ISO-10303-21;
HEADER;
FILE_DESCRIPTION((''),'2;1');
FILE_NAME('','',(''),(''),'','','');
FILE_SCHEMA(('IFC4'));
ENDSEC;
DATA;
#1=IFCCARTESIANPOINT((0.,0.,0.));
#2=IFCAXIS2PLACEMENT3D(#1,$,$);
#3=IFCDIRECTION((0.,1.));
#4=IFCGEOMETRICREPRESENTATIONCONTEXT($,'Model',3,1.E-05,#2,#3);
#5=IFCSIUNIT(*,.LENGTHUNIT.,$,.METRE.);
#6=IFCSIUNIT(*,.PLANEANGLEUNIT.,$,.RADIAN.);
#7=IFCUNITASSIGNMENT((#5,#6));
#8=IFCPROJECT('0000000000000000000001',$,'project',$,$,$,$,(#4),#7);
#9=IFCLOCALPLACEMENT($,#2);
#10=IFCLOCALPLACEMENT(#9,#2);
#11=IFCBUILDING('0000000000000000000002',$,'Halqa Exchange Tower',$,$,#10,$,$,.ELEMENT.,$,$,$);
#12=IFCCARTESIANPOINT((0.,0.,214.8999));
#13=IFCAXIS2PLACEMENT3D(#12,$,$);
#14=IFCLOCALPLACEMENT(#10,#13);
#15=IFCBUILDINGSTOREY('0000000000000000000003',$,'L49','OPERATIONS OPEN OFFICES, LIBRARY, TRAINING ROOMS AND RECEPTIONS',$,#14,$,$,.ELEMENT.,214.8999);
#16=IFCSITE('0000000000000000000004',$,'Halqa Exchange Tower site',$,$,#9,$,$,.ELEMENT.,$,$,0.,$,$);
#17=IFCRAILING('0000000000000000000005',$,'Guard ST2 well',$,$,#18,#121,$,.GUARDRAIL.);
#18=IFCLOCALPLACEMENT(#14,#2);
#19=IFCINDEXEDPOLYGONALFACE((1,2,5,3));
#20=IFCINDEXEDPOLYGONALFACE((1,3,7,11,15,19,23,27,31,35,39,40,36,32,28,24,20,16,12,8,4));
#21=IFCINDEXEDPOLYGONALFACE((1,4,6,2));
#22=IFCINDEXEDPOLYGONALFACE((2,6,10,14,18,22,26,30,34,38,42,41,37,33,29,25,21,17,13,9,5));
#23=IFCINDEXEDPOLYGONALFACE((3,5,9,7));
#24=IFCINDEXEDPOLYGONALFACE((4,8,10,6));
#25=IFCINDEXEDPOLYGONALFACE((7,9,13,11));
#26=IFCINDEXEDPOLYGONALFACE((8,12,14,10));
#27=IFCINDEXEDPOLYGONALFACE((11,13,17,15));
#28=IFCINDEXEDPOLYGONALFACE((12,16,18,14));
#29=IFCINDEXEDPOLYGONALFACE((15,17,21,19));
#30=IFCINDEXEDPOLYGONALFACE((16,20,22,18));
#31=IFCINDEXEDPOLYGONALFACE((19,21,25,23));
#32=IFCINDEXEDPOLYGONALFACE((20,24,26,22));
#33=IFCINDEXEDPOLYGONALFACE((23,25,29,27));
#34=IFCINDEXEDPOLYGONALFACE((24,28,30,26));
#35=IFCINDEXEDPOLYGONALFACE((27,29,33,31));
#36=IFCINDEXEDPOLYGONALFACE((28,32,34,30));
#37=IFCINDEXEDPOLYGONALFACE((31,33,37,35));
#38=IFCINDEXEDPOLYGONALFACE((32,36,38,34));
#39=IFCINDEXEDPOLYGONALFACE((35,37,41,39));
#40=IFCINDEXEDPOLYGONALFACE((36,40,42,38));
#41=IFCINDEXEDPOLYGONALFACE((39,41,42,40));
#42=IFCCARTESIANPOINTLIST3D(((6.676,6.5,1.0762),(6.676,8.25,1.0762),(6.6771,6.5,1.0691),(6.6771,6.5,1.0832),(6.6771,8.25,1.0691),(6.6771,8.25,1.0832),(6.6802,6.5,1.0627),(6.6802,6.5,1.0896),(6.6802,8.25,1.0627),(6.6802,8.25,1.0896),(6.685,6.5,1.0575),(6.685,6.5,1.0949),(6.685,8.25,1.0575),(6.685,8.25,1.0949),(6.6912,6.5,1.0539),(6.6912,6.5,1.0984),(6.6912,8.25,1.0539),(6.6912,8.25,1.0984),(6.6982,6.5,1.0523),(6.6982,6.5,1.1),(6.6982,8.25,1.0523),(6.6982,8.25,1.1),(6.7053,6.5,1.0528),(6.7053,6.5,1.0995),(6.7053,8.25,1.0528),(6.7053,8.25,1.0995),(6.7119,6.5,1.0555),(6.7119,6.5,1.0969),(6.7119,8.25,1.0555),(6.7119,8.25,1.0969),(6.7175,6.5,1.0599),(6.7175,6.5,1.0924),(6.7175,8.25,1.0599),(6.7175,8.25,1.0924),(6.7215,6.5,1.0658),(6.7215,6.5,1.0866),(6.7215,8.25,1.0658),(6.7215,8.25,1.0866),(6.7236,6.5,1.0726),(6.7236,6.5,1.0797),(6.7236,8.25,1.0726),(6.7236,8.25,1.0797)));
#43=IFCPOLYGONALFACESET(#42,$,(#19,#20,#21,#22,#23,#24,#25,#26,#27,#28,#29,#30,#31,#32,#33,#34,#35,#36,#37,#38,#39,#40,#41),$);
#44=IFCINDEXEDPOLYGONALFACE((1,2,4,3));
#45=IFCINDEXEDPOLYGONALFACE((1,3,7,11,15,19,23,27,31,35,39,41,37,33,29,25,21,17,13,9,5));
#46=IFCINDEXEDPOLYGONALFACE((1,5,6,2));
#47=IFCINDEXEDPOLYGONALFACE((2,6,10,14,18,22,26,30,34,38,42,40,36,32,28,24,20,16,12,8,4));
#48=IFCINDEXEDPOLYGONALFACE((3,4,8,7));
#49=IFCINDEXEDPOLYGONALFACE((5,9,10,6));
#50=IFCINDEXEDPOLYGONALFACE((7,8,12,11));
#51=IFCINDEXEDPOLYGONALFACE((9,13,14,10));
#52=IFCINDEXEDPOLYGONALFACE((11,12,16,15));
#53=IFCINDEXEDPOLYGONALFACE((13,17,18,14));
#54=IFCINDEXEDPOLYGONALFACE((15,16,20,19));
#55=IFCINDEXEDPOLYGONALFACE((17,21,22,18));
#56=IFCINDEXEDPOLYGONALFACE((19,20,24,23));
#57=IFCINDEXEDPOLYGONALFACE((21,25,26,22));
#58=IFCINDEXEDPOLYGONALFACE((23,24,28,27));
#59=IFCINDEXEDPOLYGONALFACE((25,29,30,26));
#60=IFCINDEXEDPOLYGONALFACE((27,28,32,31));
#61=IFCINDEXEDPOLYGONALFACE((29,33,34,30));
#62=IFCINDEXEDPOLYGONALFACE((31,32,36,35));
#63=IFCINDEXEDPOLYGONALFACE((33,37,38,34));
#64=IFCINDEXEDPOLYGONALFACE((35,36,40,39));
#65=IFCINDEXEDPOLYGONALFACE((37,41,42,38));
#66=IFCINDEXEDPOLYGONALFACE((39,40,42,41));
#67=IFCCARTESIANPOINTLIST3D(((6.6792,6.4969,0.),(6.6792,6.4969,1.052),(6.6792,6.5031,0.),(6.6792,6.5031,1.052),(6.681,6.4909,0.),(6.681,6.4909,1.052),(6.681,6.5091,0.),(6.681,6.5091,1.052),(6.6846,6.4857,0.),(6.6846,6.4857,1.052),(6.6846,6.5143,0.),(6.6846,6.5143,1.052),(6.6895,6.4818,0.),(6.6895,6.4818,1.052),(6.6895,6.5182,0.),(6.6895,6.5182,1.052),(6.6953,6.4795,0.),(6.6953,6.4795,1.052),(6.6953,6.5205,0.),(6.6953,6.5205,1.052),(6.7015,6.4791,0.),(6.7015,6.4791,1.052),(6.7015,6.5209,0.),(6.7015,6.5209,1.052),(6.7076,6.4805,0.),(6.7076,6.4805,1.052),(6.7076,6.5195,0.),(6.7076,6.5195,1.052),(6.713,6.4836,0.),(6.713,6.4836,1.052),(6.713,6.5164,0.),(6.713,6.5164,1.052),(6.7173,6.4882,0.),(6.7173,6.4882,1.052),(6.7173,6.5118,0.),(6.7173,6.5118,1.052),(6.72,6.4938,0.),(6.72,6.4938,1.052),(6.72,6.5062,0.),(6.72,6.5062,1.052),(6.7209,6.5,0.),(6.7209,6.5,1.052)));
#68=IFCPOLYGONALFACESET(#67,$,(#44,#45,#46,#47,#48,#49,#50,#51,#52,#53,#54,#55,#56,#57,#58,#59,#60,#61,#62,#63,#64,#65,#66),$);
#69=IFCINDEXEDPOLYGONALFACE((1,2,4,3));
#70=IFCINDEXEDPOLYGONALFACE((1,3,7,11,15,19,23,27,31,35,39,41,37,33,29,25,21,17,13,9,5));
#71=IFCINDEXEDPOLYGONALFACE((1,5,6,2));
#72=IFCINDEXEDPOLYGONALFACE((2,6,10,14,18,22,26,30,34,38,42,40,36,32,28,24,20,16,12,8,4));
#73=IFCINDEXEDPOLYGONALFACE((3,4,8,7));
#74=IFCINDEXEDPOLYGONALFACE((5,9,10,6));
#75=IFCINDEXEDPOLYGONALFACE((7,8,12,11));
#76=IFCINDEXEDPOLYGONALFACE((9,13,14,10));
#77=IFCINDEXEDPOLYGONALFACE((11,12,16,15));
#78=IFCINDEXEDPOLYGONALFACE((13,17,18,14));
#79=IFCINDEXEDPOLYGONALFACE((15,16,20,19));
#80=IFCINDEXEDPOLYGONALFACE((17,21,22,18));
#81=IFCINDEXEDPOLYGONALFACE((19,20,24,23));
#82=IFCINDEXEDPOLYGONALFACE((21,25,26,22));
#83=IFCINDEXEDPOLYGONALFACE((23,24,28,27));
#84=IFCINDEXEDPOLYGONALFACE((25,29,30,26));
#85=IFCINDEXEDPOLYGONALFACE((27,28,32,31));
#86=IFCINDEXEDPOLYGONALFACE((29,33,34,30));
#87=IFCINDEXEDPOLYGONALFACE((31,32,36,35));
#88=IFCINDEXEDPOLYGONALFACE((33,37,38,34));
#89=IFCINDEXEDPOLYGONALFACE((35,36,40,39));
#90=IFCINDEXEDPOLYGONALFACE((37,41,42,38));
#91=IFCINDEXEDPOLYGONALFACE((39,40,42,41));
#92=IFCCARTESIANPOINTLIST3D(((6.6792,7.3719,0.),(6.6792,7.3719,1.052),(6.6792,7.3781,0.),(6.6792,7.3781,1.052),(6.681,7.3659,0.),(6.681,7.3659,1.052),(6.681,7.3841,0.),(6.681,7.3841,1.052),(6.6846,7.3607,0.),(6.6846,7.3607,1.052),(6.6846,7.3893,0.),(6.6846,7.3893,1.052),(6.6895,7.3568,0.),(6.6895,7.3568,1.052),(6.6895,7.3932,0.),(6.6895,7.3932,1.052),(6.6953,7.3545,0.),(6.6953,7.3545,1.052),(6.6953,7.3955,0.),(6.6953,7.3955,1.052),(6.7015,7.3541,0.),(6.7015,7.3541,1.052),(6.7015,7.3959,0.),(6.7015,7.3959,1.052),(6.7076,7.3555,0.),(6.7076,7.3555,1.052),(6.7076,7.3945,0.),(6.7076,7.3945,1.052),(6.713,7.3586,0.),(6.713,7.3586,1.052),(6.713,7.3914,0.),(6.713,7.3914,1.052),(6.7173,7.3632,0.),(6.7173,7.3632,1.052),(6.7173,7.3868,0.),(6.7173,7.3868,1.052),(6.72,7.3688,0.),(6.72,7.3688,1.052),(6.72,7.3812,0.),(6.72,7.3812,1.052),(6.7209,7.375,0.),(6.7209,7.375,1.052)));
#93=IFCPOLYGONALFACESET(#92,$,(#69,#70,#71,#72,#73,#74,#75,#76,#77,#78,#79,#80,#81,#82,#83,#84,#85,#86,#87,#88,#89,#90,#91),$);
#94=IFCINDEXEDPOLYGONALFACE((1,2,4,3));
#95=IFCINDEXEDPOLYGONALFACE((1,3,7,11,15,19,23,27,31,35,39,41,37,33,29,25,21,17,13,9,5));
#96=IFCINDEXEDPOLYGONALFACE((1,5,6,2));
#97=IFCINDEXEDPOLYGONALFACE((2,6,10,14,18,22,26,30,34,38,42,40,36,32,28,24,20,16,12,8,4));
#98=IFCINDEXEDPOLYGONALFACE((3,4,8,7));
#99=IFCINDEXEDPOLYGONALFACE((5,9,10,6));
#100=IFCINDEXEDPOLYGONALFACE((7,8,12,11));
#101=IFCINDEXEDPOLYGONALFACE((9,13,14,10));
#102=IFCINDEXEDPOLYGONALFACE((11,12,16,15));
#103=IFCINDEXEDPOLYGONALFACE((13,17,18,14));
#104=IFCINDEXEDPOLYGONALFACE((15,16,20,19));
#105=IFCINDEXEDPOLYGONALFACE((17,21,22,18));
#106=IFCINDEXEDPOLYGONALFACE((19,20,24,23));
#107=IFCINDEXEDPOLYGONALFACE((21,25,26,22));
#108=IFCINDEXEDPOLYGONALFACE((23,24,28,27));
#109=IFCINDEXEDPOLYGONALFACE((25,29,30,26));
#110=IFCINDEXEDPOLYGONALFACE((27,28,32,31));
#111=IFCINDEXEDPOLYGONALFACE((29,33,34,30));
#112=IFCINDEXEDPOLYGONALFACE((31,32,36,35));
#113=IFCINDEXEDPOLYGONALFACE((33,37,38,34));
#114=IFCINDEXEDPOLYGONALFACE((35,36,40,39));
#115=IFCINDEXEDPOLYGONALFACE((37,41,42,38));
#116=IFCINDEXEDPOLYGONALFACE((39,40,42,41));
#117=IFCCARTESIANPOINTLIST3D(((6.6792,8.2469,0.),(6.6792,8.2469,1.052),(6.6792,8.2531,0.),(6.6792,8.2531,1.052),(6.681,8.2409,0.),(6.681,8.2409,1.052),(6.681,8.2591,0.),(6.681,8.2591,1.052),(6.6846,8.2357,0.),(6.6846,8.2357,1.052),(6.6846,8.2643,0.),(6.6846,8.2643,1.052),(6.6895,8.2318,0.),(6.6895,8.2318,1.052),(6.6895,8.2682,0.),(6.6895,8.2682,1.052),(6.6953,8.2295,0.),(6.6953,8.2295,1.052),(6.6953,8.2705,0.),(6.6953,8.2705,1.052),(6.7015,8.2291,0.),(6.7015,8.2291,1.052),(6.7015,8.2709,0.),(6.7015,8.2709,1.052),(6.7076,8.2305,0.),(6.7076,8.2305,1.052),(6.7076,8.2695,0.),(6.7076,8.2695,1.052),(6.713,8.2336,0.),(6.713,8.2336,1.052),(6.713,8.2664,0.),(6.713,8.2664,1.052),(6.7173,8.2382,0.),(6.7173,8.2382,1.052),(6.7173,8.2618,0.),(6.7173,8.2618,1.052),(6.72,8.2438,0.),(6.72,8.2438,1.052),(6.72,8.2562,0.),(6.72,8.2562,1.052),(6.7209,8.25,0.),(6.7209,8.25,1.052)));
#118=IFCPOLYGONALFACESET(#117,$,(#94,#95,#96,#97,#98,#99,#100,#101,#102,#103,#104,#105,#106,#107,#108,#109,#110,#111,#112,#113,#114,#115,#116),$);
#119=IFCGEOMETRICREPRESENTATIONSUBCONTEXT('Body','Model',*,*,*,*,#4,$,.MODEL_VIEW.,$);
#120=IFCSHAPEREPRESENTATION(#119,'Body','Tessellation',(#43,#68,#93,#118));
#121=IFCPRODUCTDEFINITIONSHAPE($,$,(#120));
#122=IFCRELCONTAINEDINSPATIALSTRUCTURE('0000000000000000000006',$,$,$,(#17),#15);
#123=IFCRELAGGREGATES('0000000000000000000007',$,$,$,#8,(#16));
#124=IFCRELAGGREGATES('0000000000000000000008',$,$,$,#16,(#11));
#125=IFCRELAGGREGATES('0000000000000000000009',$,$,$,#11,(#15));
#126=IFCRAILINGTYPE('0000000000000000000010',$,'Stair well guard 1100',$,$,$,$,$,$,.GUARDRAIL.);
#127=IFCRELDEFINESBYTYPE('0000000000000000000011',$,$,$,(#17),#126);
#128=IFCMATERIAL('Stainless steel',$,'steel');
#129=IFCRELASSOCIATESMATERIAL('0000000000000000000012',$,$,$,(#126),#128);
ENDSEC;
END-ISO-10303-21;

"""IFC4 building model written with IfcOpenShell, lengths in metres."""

from ifc_helpers import new_model, si_unit, direction, frame, origin, origin_2d, place, context, subcontext, project, spatial, circle, extrude, material, type_object, element, save


model = new_model("IFC4")

# Units and contexts
model_context = context("Model", 3, precision=1e-05, world=origin(), true_north=direction((0.0, 1.0)))
body_context = subcontext(model_context, "Body", "Model", "MODEL_VIEW")
ifc_project = project(units=[si_unit("LENGTHUNIT", "METRE"), si_unit("PLANEANGLEUNIT", "RADIAN")], contexts=[model_context])

# Site, building, storey
site_placement = place(None, origin())
site = spatial("IfcSite", under=ifc_project, at=site_placement, Name="Halqa Exchange Tower site", CompositionType="ELEMENT", RefElevation=0.0)
building_placement = place(site_placement, origin())
building = spatial("IfcBuilding", under=site, at=building_placement, Name="Halqa Exchange Tower", CompositionType="ELEMENT")
storey_placement = place(building_placement, frame((0.0, 0.0, 214.8999)))
storey = spatial("IfcBuildingStorey", under=building, at=storey_placement, Name="L49", Description="OPERATIONS OPEN OFFICES, LIBRARY, TRAINING ROOMS AND RECEPTIONS", CompositionType="ELEMENT", Elevation=214.8999)

# Railing
ifc_material_1 = material(Name="Stainless steel", Category="steel")
railing_type_1 = type_object("IfcRailingType", Name="Stair well guard 1100", PredefinedType="GUARDRAIL", material=ifc_material_1)
railing_1_placement = place(storey_placement, frame((6.7, 6.5, 0.0)))
element("IfcRailing", 1, at=railing_1_placement, inside=storey, type_object=railing_type_1, Name="Guard ST2 well", PredefinedType="GUARDRAIL", context=body_context, shape_type="SweptSolid", body=[
    extrude(circle(Radius=0.0239, at=origin_2d()), frame((0.0, 0.0, 1.0762), z_axis=(0.0, 1.0, 0.0), x_axis=(-1.0, 0.0, 0.0)), (0.0, 0.0, 1.0), 1.75),
    extrude(circle(Radius=0.021, at=origin_2d()), origin(), (0.0, 0.0, 1.0), 1.052),
    extrude(circle(Radius=0.021, at=origin_2d()), frame((0.0, 0.875, 0.0)), (0.0, 0.0, 1.0), 1.052),
    extrude(circle(Radius=0.021, at=origin_2d()), frame((0.0, 1.75, 0.0)), (0.0, 0.0, 1.0), 1.052),
])

save(model, "model.ifc")
